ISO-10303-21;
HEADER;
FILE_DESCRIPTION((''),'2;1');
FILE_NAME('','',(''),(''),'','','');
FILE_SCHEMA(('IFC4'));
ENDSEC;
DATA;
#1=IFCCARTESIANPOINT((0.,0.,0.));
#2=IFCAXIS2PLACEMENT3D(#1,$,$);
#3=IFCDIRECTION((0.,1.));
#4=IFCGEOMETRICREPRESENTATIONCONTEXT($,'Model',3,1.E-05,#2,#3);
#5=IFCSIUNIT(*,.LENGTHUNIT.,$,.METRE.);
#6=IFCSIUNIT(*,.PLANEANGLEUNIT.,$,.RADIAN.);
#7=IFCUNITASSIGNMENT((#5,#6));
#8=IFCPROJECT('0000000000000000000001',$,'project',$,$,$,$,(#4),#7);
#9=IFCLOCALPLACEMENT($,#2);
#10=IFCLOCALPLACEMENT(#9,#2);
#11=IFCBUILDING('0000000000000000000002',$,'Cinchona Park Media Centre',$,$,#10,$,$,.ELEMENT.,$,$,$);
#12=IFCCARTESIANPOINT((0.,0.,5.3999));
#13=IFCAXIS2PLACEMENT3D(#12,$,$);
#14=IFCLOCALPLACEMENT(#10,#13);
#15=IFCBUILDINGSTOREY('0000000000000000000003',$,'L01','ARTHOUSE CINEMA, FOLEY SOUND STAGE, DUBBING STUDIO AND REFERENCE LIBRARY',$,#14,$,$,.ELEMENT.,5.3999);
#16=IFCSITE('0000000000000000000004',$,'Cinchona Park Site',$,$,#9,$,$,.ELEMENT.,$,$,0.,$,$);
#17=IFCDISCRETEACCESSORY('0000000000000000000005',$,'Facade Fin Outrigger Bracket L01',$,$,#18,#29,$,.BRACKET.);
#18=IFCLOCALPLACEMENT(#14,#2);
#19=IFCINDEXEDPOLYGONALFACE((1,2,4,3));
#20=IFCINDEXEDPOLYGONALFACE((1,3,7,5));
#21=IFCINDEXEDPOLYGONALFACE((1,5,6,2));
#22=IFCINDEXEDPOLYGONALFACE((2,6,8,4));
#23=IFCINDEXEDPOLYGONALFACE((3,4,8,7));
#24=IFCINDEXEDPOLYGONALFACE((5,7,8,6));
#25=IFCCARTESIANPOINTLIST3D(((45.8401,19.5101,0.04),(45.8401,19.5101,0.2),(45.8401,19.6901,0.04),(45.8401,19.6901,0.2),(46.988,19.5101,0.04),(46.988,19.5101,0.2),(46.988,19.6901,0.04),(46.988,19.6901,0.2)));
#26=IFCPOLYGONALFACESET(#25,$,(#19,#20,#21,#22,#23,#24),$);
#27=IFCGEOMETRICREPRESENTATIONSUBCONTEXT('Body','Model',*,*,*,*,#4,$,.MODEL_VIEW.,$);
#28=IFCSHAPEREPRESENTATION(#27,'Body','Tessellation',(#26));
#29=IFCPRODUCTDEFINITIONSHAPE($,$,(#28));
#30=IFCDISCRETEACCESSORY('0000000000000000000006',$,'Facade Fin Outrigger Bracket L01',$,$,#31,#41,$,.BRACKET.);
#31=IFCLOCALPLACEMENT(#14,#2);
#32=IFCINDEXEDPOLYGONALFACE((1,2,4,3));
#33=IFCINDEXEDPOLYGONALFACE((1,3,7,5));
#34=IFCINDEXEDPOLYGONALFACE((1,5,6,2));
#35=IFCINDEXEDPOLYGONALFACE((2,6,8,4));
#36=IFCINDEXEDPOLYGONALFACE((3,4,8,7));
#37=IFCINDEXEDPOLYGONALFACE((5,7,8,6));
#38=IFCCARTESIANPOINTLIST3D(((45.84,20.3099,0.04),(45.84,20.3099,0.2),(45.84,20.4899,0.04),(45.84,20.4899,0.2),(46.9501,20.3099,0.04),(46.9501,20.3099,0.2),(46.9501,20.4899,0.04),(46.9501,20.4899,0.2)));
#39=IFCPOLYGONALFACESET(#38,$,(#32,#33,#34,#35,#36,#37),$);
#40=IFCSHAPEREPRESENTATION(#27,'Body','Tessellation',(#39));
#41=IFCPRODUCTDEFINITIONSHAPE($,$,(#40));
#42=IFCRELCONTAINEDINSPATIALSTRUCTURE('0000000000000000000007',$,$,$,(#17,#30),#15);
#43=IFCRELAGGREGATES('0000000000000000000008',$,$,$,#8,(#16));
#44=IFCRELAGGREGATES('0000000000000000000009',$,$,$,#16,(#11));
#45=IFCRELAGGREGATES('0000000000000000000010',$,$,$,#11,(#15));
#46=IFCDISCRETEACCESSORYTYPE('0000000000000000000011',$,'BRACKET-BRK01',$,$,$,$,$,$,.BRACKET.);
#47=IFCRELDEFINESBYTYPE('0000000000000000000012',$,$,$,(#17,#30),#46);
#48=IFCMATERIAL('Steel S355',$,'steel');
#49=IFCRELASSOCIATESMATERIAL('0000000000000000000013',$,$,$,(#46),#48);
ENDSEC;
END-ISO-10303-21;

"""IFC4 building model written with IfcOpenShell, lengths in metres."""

from ifc_helpers import new_model, si_unit, direction, frame, origin, origin_2d, place, context, subcontext, project, spatial, rectangle, extrude, material, type_object, element, save


model = new_model("IFC4")

# Units and contexts
model_context = context("Model", 3, precision=1e-05, world=origin(), true_north=direction((0.0, 1.0)))
body_context = subcontext(model_context, "Body", "Model", "MODEL_VIEW")
ifc_project = project(units=[si_unit("LENGTHUNIT", "METRE"), si_unit("PLANEANGLEUNIT", "RADIAN")], contexts=[model_context])

# Site, building, storey
site_placement = place(None, origin())
site = spatial("IfcSite", under=ifc_project, at=site_placement, Name="Cinchona Park Site", CompositionType="ELEMENT", RefElevation=0.0)
building_placement = place(site_placement, origin())
building = spatial("IfcBuilding", under=site, at=building_placement, Name="Cinchona Park Media Centre", CompositionType="ELEMENT")
storey_placement = place(building_placement, frame((0.0, 0.0, 5.3999)))
storey = spatial("IfcBuildingStorey", under=building, at=storey_placement, Name="L01", Description="ARTHOUSE CINEMA, FOLEY SOUND STAGE, DUBBING STUDIO AND REFERENCE LIBRARY", CompositionType="ELEMENT", Elevation=5.3999)

# Discrete accessories
ifc_material_1 = material(Name="Steel S355", Category="steel")
discrete_accessory_type = type_object("IfcDiscreteAccessoryType", Name="BRACKET-BRK01", PredefinedType="BRACKET", material=ifc_material_1)
discrete_accessory_1_placement = place(storey_placement, frame((46.4141, 19.6001, 0.04), z_axis=(0.0, 0.0, 1.0), x_axis=(0.0, 1.0, 0.0)))
element("IfcDiscreteAccessory", 1, at=discrete_accessory_1_placement, inside=storey, type_object=discrete_accessory_type, Name="Facade Fin Outrigger Bracket L01", PredefinedType="BRACKET", context=body_context, shape_type="SweptSolid", body=[
    extrude(rectangle(XDim=0.1799, YDim=1.1479, at=origin_2d()), origin(), (0.0, 0.0, 1.0), 0.1599),
])
discrete_accessory_2_placement = place(storey_placement, frame((46.395, 20.3999, 0.04), z_axis=(0.0, 0.0, 1.0), x_axis=(0.0, 1.0, 0.0)))
element("IfcDiscreteAccessory", 2, at=discrete_accessory_2_placement, inside=storey, type_object=discrete_accessory_type, Name="Facade Fin Outrigger Bracket L01", PredefinedType="BRACKET", context=body_context, shape_type="SweptSolid", body=[
    extrude(rectangle(XDim=0.1799, YDim=1.1101, at=origin_2d()), origin(), (0.0, 0.0, 1.0), 0.1599),
])

save(model, "model.ifc")
